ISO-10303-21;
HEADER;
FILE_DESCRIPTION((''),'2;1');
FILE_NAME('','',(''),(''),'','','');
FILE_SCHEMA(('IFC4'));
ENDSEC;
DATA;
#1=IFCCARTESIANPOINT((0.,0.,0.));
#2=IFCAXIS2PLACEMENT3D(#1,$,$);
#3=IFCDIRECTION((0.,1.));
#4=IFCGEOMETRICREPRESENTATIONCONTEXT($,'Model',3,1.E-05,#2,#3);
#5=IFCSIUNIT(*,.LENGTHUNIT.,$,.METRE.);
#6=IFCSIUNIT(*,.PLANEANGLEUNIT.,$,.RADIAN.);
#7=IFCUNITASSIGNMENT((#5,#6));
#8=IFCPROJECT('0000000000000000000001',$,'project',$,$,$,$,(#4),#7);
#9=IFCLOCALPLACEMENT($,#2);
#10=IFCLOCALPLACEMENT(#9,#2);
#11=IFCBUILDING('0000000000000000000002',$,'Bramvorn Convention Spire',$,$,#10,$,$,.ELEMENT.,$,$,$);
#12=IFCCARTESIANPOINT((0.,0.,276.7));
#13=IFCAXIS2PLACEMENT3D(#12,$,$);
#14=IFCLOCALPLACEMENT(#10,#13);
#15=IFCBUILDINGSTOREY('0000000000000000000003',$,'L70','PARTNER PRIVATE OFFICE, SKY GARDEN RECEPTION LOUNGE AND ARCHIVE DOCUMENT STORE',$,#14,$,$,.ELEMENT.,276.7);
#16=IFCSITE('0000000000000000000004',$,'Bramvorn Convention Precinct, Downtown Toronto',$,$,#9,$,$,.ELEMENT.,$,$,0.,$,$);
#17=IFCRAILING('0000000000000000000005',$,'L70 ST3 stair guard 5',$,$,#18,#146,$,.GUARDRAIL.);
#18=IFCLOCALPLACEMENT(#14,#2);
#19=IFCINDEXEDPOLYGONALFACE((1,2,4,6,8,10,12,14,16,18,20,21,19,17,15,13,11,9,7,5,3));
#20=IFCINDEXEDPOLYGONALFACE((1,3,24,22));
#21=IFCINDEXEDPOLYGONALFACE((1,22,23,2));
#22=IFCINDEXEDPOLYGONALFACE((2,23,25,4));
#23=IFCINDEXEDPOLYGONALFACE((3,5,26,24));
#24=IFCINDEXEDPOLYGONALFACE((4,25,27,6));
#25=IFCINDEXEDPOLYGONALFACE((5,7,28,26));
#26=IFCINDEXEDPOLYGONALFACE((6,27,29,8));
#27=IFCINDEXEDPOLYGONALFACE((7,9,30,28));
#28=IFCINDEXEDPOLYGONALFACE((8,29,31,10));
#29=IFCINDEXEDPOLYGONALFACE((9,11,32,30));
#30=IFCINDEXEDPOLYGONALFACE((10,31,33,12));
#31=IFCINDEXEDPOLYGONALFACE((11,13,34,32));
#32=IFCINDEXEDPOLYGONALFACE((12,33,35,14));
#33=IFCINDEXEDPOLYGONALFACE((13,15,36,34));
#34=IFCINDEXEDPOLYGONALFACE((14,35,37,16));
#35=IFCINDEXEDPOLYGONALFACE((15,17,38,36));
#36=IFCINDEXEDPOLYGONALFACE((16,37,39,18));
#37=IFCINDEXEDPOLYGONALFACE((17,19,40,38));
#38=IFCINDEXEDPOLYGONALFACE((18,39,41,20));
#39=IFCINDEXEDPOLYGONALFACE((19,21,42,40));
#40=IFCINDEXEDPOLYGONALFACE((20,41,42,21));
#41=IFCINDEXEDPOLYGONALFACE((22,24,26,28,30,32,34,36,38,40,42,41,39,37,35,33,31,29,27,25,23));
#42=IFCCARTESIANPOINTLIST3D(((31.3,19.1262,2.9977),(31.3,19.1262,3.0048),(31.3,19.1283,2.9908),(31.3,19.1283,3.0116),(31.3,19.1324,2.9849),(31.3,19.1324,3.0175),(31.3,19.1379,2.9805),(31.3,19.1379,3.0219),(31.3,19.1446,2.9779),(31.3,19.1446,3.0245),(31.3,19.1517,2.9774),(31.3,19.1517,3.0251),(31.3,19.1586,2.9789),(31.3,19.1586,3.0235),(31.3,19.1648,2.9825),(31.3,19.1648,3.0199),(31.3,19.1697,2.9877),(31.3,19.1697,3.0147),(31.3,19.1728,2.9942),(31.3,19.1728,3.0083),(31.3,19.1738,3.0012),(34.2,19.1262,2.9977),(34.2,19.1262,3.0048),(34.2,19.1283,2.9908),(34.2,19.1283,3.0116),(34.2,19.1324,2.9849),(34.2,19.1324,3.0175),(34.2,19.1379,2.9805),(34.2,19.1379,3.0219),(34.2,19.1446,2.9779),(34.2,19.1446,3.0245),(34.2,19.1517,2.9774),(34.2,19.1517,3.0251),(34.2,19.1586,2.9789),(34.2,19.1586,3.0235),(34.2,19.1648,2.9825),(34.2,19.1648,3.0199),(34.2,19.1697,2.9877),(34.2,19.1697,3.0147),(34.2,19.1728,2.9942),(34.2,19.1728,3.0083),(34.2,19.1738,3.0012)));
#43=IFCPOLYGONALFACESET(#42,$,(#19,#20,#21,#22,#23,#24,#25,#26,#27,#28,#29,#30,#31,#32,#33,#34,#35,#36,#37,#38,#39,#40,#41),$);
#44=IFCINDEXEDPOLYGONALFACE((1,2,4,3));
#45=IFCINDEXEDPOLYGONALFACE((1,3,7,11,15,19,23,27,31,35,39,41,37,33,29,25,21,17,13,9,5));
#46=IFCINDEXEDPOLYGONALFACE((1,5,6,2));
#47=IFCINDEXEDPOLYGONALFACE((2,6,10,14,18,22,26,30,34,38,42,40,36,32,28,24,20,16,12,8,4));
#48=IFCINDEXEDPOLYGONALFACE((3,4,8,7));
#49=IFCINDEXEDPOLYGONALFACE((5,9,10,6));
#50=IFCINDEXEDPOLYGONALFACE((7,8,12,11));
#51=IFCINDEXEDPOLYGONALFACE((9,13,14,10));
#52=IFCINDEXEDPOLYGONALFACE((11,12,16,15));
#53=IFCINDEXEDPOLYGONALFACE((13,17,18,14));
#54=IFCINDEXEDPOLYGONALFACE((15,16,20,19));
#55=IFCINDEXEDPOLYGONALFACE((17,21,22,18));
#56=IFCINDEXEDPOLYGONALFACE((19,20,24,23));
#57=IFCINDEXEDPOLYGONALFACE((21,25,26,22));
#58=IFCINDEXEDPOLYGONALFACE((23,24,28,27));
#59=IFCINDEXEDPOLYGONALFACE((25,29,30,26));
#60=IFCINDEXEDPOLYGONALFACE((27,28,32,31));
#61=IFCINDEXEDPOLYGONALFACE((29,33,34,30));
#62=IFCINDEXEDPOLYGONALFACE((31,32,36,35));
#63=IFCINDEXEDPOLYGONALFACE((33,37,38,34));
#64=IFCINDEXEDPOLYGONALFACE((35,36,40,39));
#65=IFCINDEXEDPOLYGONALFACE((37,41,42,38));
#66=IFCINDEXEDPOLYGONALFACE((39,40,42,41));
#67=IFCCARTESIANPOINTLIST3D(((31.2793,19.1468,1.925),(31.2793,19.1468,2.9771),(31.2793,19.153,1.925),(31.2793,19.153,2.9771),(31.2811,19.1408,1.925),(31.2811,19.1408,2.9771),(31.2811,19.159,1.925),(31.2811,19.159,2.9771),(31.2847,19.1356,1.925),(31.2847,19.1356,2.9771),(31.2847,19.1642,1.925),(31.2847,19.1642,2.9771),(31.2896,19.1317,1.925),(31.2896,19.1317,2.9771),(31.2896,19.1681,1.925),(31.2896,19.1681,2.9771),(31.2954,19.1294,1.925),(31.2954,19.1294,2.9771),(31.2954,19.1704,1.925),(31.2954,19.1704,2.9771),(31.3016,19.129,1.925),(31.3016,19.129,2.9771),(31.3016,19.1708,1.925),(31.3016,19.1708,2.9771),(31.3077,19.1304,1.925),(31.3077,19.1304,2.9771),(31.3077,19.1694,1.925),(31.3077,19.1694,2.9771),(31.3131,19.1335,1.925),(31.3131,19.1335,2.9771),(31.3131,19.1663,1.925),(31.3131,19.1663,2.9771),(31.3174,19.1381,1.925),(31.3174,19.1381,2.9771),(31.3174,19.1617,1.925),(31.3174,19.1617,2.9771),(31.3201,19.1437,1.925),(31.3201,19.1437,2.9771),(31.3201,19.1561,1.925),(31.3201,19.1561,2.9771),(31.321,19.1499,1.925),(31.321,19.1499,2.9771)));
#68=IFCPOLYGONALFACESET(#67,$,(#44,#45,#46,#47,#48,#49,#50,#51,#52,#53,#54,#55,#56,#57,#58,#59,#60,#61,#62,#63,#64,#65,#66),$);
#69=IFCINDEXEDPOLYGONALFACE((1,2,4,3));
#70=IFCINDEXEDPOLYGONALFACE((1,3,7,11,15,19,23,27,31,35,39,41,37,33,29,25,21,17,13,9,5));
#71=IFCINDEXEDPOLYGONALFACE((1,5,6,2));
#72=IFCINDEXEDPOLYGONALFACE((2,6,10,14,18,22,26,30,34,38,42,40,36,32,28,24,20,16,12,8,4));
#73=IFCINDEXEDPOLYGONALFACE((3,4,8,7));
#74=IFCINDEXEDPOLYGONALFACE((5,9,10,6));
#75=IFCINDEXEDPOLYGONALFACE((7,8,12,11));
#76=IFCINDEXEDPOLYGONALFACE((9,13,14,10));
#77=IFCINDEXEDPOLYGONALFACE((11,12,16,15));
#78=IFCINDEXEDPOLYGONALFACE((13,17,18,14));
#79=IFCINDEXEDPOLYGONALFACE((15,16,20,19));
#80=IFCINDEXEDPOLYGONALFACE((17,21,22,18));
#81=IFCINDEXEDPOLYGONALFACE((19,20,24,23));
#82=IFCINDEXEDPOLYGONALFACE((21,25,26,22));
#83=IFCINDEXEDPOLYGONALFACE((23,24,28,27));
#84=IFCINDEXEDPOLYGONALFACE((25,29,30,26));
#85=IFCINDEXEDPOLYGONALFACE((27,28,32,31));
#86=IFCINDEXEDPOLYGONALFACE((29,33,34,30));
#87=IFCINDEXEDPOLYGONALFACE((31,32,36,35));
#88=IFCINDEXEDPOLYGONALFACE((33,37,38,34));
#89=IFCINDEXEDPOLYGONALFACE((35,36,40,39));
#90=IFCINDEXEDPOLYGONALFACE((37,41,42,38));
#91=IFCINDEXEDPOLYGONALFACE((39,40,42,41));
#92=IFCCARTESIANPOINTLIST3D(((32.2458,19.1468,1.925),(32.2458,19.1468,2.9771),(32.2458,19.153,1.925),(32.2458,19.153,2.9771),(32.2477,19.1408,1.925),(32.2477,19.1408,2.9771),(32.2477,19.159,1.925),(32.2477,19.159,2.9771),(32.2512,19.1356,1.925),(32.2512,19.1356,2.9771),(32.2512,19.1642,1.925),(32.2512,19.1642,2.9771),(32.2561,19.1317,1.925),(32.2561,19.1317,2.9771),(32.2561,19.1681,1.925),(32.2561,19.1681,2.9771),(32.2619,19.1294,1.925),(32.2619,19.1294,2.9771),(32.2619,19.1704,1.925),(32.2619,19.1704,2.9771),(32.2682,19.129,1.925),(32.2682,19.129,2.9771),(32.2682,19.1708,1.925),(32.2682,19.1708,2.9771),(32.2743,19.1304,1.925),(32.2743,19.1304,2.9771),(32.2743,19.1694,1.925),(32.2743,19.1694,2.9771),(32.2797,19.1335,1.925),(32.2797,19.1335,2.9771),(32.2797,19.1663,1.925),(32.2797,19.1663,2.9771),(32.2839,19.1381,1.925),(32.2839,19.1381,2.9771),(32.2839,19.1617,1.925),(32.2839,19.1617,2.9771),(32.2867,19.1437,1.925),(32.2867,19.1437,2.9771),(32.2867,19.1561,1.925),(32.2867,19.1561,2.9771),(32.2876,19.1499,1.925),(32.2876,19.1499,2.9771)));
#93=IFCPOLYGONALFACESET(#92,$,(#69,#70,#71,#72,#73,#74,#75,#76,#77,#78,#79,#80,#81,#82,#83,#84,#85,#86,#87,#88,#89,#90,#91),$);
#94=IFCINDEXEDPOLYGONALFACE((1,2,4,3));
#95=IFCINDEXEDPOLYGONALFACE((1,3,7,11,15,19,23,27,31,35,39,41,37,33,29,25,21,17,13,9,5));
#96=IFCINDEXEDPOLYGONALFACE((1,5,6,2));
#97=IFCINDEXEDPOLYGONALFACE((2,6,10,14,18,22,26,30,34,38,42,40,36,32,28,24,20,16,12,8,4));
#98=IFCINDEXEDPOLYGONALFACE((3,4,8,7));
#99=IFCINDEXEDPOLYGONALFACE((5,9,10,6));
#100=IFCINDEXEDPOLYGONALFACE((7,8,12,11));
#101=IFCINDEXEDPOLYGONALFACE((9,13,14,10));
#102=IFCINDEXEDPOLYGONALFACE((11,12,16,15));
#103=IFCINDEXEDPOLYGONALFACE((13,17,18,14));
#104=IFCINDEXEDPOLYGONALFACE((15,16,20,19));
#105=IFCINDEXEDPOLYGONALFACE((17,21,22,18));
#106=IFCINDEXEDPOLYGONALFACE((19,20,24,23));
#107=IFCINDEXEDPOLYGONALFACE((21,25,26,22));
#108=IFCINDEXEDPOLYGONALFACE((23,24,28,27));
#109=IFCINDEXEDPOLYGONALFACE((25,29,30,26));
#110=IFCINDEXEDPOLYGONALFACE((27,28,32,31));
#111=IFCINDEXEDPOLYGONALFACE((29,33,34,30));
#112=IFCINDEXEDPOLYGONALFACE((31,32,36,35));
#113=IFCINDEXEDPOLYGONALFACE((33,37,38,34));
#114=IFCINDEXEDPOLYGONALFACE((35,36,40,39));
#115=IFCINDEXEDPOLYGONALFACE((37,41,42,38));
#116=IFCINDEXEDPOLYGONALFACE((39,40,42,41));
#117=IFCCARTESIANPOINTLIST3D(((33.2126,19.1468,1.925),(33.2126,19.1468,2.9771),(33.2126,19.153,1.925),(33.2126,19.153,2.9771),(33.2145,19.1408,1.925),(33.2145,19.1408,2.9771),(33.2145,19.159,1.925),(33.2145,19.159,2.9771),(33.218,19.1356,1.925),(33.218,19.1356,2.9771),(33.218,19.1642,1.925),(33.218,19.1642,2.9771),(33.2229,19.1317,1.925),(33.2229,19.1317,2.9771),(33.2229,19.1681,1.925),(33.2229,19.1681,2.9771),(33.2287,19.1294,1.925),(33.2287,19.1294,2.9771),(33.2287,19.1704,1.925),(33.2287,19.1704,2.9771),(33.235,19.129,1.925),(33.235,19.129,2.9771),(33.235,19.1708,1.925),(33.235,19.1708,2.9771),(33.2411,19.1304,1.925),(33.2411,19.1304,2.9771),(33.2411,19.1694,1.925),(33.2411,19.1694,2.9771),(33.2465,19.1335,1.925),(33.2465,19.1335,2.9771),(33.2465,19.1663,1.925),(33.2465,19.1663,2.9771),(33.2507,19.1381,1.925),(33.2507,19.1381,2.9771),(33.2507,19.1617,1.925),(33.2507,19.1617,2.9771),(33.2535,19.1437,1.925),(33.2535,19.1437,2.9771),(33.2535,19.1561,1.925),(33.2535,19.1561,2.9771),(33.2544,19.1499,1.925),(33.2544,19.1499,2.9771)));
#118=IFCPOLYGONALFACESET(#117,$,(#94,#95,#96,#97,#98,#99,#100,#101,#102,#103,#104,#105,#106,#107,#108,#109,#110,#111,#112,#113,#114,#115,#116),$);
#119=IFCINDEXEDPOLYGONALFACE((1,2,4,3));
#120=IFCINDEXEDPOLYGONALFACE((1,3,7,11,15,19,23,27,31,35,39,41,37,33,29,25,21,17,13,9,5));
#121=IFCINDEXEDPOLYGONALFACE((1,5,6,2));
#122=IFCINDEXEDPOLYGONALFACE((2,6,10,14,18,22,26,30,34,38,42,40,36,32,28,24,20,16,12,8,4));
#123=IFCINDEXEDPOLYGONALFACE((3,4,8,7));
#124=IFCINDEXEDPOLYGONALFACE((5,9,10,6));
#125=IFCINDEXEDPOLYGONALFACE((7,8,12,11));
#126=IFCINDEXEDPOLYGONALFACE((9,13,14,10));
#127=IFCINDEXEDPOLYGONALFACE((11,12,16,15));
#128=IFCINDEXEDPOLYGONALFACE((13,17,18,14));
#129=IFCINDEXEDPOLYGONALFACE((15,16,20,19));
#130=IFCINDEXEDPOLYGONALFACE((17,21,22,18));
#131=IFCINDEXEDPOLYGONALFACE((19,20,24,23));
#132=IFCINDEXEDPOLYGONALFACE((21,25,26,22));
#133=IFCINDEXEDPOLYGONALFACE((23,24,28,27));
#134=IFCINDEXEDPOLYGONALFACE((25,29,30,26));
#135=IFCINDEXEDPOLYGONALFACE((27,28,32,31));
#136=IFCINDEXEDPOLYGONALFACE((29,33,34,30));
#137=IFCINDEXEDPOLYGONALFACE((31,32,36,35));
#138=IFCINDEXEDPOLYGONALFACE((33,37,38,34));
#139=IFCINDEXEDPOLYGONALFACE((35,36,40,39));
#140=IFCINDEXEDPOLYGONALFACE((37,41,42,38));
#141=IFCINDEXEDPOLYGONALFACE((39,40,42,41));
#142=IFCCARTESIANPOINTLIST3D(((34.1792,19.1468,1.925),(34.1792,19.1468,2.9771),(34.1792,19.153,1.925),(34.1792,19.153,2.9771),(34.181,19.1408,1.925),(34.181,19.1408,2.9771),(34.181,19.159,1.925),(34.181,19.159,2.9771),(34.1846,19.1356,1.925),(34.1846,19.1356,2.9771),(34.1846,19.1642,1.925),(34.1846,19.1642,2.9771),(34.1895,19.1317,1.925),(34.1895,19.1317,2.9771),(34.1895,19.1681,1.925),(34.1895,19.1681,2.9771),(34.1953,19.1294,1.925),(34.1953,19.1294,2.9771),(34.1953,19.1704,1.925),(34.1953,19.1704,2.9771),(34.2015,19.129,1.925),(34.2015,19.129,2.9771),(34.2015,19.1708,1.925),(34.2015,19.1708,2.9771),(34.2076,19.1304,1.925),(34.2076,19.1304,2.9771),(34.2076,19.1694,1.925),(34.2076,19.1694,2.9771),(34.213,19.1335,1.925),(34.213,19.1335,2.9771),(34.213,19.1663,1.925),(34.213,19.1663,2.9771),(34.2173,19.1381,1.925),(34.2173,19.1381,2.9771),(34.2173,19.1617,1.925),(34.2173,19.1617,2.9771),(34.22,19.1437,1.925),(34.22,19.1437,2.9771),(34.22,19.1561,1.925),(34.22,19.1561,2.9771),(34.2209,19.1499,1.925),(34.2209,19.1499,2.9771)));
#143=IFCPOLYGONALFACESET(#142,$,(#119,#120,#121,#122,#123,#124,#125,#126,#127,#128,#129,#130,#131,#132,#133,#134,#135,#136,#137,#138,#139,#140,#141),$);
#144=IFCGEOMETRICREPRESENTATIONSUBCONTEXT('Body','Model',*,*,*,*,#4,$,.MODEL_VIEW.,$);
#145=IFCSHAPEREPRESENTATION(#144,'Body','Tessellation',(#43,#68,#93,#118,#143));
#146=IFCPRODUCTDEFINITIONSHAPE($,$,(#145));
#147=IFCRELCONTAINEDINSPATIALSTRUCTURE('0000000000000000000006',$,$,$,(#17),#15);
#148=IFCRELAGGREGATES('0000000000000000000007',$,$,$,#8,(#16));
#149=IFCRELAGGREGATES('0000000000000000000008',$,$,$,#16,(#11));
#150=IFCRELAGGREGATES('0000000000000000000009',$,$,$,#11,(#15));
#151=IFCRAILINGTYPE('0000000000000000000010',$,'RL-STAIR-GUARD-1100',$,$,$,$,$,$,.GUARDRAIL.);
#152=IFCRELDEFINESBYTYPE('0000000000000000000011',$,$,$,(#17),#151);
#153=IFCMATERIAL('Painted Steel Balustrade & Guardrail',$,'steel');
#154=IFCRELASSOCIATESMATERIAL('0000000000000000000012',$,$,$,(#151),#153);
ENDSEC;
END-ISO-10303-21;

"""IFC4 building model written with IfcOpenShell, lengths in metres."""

from ifc_helpers import new_model, si_unit, direction, frame, origin, origin_2d, place, context, subcontext, project, spatial, circle, extrude, material, type_object, element, save


model = new_model("IFC4")

# Units and contexts
model_context = context("Model", 3, precision=1e-05, world=origin(), true_north=direction((0.0, 1.0)))
body_context = subcontext(model_context, "Body", "Model", "MODEL_VIEW")
ifc_project = project(units=[si_unit("LENGTHUNIT", "METRE"), si_unit("PLANEANGLEUNIT", "RADIAN")], contexts=[model_context])

# Site, building, storey
site_placement = place(None, origin())
site = spatial("IfcSite", under=ifc_project, at=site_placement, Name="Bramvorn Convention Precinct, Downtown Toronto", CompositionType="ELEMENT", RefElevation=0.0)
building_placement = place(site_placement, origin())
building = spatial("IfcBuilding", under=site, at=building_placement, Name="Bramvorn Convention Spire", CompositionType="ELEMENT")
storey_placement = place(building_placement, frame((0.0, 0.0, 276.7)))
storey = spatial("IfcBuildingStorey", under=building, at=storey_placement, Name="L70", Description="PARTNER PRIVATE OFFICE, SKY GARDEN RECEPTION LOUNGE AND ARCHIVE DOCUMENT STORE", CompositionType="ELEMENT", Elevation=276.7)

# Railing
ifc_material_1 = material(Name="Painted Steel Balustrade & Guardrail", Category="steel")
railing_type_1 = type_object("IfcRailingType", Name="RL-STAIR-GUARD-1100", PredefinedType="GUARDRAIL", material=ifc_material_1)
railing_1_placement = place(storey_placement, frame((31.3, 19.1499, 1.925)))
element("IfcRailing", 1, at=railing_1_placement, inside=storey, type_object=railing_type_1, Name="L70 ST3 stair guard 5", PredefinedType="GUARDRAIL", context=body_context, shape_type="SweptSolid", body=[
    extrude(circle(Radius=0.0239, at=origin_2d()), frame((0.0, 0.0, 1.0762), z_axis=(1.0, 0.0, 0.0), x_axis=(0.0, 1.0, 0.0)), (0.0, 0.0, 1.0), 2.8999),
    extrude(circle(Radius=0.021, at=origin_2d()), origin(), (0.0, 0.0, 1.0), 1.052),
    extrude(circle(Radius=0.021, at=origin_2d()), frame((0.9666, 0.0, 0.0)), (0.0, 0.0, 1.0), 1.052),
    extrude(circle(Radius=0.021, at=origin_2d()), frame((1.9333, 0.0, 0.0)), (0.0, 0.0, 1.0), 1.052),
    extrude(circle(Radius=0.021, at=origin_2d()), frame((2.8999, 0.0, 0.0)), (0.0, 0.0, 1.0), 1.052),
])

save(model, "model.ifc")
